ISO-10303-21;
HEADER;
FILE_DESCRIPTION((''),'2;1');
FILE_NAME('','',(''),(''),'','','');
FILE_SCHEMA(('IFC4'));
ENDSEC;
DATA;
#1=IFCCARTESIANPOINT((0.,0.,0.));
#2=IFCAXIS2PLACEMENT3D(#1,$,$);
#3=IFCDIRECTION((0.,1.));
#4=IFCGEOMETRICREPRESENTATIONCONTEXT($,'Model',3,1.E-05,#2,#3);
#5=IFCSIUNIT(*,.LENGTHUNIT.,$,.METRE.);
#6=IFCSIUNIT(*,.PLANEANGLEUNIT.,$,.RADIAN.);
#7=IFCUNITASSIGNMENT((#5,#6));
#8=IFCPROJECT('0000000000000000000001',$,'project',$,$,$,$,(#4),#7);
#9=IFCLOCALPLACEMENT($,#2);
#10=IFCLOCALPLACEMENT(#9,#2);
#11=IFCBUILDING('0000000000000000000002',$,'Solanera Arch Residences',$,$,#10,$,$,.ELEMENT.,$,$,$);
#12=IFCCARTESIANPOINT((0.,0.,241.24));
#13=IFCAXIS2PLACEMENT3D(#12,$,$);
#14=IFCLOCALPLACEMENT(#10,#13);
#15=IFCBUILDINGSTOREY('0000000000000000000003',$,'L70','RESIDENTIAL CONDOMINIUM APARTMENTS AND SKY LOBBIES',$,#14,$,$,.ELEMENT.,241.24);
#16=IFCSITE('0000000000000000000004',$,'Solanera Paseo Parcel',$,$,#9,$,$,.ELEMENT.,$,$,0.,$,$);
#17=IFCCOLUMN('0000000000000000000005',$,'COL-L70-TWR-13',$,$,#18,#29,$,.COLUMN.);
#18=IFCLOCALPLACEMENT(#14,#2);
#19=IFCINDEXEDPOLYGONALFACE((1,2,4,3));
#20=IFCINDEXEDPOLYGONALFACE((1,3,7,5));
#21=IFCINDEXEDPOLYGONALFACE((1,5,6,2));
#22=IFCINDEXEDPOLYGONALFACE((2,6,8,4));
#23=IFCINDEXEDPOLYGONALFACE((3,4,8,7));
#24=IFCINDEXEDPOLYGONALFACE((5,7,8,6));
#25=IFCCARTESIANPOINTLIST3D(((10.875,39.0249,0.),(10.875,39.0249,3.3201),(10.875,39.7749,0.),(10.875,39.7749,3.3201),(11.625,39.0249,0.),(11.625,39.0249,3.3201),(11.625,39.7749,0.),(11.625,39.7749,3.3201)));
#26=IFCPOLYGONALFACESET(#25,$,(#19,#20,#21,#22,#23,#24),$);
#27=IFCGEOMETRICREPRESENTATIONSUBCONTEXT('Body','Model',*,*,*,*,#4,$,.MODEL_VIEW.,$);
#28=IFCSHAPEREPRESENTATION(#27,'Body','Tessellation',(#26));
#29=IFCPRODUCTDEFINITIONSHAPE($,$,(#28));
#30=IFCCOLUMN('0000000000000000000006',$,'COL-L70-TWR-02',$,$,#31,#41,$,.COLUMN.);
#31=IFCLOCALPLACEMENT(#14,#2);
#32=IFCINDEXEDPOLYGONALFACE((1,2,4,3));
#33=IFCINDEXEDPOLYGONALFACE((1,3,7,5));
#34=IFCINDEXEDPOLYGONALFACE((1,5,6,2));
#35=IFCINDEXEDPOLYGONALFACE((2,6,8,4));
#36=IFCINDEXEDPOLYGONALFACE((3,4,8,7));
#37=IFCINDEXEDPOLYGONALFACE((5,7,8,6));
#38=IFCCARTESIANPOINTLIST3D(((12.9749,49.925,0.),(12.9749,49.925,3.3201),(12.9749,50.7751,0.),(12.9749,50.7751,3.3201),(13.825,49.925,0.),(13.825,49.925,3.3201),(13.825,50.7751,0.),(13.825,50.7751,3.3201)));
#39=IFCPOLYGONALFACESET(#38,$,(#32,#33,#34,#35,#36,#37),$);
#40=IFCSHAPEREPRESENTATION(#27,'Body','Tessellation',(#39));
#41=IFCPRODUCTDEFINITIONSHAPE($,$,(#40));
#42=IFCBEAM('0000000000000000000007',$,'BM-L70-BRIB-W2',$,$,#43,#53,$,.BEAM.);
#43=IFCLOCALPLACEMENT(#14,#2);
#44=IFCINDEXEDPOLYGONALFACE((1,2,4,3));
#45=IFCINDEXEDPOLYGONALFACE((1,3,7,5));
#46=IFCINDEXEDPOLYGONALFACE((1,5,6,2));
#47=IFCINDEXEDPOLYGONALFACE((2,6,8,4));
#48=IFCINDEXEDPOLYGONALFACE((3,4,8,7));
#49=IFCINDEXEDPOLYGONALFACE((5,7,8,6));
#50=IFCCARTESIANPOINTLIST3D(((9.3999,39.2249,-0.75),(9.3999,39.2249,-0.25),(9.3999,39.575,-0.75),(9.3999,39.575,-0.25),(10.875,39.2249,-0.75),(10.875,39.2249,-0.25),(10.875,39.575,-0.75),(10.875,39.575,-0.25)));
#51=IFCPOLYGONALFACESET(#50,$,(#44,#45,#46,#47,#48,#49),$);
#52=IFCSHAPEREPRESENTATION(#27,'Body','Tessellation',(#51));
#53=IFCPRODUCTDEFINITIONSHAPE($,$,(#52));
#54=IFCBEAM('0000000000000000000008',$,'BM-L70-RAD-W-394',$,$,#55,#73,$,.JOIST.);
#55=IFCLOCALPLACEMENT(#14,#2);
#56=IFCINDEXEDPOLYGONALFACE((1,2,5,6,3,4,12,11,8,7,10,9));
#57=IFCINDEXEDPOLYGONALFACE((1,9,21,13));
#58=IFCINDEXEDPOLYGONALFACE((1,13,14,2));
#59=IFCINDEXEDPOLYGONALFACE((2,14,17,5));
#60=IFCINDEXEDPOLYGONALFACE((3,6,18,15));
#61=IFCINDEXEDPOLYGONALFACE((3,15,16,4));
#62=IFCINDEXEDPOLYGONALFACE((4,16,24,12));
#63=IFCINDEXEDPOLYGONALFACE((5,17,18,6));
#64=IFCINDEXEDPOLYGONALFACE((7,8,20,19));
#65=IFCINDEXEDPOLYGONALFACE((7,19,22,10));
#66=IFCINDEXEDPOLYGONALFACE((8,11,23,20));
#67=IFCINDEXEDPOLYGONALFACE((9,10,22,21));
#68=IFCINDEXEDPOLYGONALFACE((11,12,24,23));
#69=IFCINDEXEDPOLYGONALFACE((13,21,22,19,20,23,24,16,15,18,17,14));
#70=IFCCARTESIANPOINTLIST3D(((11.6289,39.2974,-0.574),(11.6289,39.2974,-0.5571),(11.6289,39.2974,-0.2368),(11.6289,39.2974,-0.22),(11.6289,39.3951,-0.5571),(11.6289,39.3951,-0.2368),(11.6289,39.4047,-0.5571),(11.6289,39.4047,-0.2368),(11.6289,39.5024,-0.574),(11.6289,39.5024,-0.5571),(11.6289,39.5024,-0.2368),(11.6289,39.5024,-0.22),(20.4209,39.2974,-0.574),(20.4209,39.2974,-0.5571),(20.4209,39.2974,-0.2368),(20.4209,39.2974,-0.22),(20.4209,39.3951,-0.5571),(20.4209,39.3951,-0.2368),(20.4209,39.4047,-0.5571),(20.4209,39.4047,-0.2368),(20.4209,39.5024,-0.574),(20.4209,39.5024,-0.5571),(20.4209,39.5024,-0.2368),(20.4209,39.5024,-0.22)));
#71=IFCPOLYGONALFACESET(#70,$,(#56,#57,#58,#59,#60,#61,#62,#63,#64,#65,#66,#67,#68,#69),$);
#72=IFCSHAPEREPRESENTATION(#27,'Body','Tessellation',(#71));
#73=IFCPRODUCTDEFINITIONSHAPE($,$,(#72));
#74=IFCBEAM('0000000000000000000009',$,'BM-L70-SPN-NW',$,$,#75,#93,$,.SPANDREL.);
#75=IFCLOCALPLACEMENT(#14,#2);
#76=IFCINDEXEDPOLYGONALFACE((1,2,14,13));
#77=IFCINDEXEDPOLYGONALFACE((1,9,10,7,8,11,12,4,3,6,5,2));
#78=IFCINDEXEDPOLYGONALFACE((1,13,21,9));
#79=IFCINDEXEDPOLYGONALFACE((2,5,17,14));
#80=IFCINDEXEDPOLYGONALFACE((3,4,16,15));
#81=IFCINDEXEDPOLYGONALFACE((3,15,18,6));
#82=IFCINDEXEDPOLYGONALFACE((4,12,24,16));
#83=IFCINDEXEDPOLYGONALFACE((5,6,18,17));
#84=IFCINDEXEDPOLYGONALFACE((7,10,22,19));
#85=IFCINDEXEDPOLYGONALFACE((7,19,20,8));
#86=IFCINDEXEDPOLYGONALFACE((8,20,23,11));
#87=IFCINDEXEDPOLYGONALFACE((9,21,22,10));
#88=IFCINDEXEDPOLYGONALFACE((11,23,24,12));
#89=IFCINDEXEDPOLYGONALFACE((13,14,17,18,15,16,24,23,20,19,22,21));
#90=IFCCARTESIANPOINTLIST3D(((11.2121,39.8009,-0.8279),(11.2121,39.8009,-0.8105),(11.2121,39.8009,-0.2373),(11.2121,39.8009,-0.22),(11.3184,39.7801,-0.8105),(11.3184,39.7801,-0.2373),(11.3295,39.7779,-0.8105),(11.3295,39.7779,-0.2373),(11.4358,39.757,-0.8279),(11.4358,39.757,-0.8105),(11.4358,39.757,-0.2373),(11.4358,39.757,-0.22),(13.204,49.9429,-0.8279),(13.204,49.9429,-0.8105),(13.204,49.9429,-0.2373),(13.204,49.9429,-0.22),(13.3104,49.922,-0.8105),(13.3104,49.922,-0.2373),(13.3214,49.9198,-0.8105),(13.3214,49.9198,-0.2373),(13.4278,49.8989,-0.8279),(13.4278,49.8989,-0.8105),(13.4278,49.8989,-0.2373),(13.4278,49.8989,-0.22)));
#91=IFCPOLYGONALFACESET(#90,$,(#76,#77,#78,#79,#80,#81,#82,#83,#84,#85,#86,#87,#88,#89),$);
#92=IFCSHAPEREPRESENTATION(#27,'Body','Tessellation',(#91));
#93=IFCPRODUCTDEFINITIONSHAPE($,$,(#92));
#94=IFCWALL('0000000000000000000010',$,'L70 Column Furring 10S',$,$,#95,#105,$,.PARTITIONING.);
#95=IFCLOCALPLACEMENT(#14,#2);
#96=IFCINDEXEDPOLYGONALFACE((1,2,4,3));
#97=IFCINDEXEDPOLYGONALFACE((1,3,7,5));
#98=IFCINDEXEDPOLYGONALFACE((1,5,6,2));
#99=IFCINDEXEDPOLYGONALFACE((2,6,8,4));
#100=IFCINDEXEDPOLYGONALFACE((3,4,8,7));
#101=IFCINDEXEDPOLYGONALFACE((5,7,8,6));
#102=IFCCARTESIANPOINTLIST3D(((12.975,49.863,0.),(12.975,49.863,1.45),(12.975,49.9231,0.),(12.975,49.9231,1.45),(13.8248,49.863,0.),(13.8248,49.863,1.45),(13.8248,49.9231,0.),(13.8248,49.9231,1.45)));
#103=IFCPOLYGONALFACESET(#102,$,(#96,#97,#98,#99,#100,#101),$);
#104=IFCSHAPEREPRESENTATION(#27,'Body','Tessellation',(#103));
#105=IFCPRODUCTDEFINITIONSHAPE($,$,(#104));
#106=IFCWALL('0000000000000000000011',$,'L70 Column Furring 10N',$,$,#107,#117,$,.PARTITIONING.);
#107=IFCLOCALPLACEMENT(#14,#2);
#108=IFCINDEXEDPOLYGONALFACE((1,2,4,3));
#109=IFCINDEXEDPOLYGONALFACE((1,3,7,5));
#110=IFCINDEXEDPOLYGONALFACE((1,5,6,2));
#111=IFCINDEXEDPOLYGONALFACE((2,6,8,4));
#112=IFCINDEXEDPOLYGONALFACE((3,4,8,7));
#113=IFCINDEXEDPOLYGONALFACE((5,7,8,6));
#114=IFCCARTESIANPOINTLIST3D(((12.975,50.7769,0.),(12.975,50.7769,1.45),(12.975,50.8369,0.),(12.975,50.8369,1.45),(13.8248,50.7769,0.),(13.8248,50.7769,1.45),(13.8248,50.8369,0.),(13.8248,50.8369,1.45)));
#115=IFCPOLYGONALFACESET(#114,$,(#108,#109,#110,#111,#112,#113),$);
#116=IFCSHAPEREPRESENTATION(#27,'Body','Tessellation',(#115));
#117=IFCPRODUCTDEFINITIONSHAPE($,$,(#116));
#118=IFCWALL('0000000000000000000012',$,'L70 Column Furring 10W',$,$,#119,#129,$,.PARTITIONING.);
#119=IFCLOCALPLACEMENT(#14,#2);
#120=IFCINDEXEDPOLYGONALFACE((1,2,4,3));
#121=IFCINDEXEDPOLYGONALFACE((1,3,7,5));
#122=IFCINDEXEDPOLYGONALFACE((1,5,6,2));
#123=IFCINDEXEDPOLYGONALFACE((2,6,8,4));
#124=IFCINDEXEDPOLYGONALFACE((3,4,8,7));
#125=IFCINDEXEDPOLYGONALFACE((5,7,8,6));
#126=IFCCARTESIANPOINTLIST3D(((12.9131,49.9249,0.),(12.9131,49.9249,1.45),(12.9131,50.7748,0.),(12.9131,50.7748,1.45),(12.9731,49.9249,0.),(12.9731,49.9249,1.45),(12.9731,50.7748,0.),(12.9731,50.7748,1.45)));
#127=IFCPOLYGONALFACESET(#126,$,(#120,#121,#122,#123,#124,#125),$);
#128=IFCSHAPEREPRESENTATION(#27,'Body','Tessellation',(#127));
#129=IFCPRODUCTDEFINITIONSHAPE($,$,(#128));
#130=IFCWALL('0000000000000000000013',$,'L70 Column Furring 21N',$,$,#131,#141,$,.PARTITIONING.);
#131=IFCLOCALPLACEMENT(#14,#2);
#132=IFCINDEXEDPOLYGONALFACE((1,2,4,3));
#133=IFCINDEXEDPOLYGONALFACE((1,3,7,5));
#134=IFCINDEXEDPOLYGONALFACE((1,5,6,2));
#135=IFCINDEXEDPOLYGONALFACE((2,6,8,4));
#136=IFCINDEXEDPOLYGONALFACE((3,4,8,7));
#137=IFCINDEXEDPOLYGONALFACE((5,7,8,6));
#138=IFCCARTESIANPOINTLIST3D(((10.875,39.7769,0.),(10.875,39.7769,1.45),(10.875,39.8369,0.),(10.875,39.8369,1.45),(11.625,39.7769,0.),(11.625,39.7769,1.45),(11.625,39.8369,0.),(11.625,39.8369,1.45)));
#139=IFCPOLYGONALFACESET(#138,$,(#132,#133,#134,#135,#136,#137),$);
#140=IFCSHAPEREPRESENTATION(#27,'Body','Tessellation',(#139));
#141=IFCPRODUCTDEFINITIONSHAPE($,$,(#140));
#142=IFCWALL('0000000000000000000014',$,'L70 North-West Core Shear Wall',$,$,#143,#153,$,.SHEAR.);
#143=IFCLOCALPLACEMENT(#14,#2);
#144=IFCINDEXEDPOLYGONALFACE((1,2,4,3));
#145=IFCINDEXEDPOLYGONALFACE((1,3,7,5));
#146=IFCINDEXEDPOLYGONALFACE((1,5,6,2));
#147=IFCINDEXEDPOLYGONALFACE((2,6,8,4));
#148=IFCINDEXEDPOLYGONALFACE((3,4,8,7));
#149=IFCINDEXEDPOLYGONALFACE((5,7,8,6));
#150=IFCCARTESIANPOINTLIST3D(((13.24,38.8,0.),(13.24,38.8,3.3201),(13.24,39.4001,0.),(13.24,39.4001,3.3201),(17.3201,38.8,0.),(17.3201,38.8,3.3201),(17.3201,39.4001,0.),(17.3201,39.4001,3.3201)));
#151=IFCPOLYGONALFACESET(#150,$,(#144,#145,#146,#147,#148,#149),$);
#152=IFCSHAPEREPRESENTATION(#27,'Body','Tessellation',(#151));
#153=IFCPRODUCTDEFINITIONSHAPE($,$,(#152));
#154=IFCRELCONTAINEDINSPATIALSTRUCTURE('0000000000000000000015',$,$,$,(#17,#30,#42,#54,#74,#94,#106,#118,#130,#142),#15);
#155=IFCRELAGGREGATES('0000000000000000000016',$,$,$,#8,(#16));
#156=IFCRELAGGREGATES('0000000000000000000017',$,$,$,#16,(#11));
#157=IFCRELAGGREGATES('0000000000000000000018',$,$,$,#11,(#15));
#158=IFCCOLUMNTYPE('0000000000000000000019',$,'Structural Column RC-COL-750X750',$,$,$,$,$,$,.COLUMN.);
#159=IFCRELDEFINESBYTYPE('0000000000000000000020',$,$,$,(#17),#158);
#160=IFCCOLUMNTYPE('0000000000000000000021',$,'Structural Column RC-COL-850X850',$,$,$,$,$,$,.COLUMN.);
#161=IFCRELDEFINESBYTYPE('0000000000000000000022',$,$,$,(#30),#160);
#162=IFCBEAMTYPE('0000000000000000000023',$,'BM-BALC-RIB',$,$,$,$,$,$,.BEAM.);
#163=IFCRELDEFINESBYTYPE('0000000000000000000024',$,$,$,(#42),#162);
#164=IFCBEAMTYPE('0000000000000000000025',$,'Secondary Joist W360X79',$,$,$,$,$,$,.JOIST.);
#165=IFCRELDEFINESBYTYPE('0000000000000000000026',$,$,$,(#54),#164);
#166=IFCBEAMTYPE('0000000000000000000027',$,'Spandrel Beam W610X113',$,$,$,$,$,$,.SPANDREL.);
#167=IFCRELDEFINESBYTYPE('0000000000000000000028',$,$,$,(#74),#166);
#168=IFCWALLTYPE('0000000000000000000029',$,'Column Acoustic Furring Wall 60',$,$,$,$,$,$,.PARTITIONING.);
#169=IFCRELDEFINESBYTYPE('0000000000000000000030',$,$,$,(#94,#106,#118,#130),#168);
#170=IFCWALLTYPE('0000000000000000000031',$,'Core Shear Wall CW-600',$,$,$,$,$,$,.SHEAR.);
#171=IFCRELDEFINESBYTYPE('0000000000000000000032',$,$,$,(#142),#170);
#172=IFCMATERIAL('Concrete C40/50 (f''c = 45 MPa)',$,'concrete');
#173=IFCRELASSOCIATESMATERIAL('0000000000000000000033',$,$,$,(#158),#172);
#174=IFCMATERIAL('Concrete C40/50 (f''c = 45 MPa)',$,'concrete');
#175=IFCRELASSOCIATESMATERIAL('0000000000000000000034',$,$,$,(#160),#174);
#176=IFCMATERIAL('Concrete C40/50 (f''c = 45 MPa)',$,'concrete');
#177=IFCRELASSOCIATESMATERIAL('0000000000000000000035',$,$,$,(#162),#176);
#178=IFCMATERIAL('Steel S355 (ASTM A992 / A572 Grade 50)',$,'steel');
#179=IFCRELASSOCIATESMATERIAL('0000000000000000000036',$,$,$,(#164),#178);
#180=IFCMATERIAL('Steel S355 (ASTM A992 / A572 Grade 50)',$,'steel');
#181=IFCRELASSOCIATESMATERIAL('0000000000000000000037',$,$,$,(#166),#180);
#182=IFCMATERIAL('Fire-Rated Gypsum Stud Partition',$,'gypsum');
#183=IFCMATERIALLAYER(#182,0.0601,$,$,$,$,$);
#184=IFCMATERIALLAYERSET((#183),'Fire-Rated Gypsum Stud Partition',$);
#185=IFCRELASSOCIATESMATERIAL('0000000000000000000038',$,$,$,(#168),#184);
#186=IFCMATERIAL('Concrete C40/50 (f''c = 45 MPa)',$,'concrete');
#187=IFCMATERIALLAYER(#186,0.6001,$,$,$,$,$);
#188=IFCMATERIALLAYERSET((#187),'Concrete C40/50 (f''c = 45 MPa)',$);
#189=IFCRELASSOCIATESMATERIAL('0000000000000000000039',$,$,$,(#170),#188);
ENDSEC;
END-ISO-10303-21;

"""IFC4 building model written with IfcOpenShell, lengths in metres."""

from ifc_helpers import new_model, si_unit, direction, frame, frame_2d, origin, origin_2d, place, context, subcontext, project, spatial, rectangle, i_section, extrude, material, layer, layer_set, material_profile, profile_set, type_object, element, save


model = new_model("IFC4")

# Units and contexts
model_context = context("Model", 3, precision=1e-05, world=origin(), true_north=direction((0.0, 1.0)))
body_context = subcontext(model_context, "Body", "Model", "MODEL_VIEW")
ifc_project = project(units=[si_unit("LENGTHUNIT", "METRE"), si_unit("PLANEANGLEUNIT", "RADIAN")], contexts=[model_context])

# Site, building, storey
site_placement = place(None, origin())
site = spatial("IfcSite", under=ifc_project, at=site_placement, Name="Solanera Paseo Parcel", CompositionType="ELEMENT", RefElevation=0.0)
building_placement = place(site_placement, origin())
building = spatial("IfcBuilding", under=site, at=building_placement, Name="Solanera Arch Residences", CompositionType="ELEMENT")
storey_placement = place(building_placement, frame((0.0, 0.0, 241.24)))
storey = spatial("IfcBuildingStorey", under=building, at=storey_placement, Name="L70", Description="RESIDENTIAL CONDOMINIUM APARTMENTS AND SKY LOBBIES", CompositionType="ELEMENT", Elevation=241.24)

# Columns
ifc_material_1 = material(Name="Concrete C40/50 (f'c = 45 MPa)", Category="concrete")
ifc_material_profile_1 = material_profile(ifc_material_1, rectangle(XDim=0.75, YDim=0.75, at=origin_2d()))
ifc_profile_set_1 = profile_set([ifc_material_profile_1], Name="Concrete C40/50 (f'c = 45 MPa)")
column_type_1 = type_object("IfcColumnType", Name="Structural Column RC-COL-750X750", PredefinedType="COLUMN", material=ifc_profile_set_1)
column_1_placement = place(storey_placement, frame((11.25, 39.3999, 0.0), z_axis=(0.0, 0.0, 1.0), x_axis=(1.0, 0.0, 0.0)))
element("IfcColumn", 1, at=column_1_placement, inside=storey, type_object=column_type_1, Name="COL-L70-TWR-13", PredefinedType="COLUMN", context=body_context, shape_type="SweptSolid", body=[
    extrude(rectangle(XDim=0.75, YDim=0.75, at=origin_2d()), origin(), (0.0, 0.0, 1.0), 3.3201),
])
ifc_material_2 = material(Name="Concrete C40/50 (f'c = 45 MPa)", Category="concrete")
ifc_material_profile_2 = material_profile(ifc_material_2, rectangle(XDim=0.8501, YDim=0.8501, at=origin_2d()))
ifc_profile_set_2 = profile_set([ifc_material_profile_2], Name="Concrete C40/50 (f'c = 45 MPa)")
column_type_2 = type_object("IfcColumnType", Name="Structural Column RC-COL-850X850", PredefinedType="COLUMN", material=ifc_profile_set_2)
column_2_placement = place(storey_placement, frame((13.3999, 50.3501, 0.0), z_axis=(0.0, 0.0, 1.0), x_axis=(1.0, 0.0, 0.0)))
element("IfcColumn", 2, at=column_2_placement, inside=storey, type_object=column_type_2, Name="COL-L70-TWR-02", PredefinedType="COLUMN", context=body_context, shape_type="SweptSolid", body=[
    extrude(rectangle(XDim=0.8501, YDim=0.8501, at=origin_2d()), origin(), (0.0, 0.0, 1.0), 3.3201),
])

# Beams
ifc_material_3 = material(Name="Concrete C40/50 (f'c = 45 MPa)", Category="concrete")
ifc_material_profile_3 = material_profile(ifc_material_3, rectangle(XDim=0.3501, YDim=0.5, at=origin_2d()))
ifc_profile_set_3 = profile_set([ifc_material_profile_3], Name="Concrete C40/50 (f'c = 45 MPa)")
beam_type_1 = type_object("IfcBeamType", Name="BM-BALC-RIB", PredefinedType="BEAM", material=ifc_profile_set_3)
beam_1_placement = place(storey_placement, frame((9.3999, 39.3999, -0.5), z_axis=(1.0, 0.0, 0.0), x_axis=(0.0, 1.0, 0.0)))
element("IfcBeam", 3, at=beam_1_placement, inside=storey, type_object=beam_type_1, Name="BM-L70-BRIB-W2", PredefinedType="BEAM", context=body_context, shape_type="SweptSolid", body=[
    extrude(rectangle(XDim=0.3501, YDim=0.5, at=origin_2d()), origin(), (0.0, 0.0, 1.0), 1.4751),
])
ifc_material_4 = material(Name="Steel S355 (ASTM A992 / A572 Grade 50)", Category="steel")
ifc_material_profile_4 = material_profile(ifc_material_4, i_section(OverallWidth=0.2051, OverallDepth=0.354, WebThickness=0.0095, FlangeThickness=0.0168, at=origin_2d()))
ifc_profile_set_4 = profile_set([ifc_material_profile_4], Name="Steel S355 (ASTM A992 / A572 Grade 50)")
beam_type_2 = type_object("IfcBeamType", Name="Secondary Joist W360X79", PredefinedType="JOIST", material=ifc_profile_set_4)
beam_2_placement = place(storey_placement, frame((11.6289, 39.3999, -0.397), z_axis=(1.0, 0.0, 0.0), x_axis=(0.0, 1.0, 0.0)))
element("IfcBeam", 4, at=beam_2_placement, inside=storey, type_object=beam_type_2, Name="BM-L70-RAD-W-394", PredefinedType="JOIST", context=body_context, shape_type="SweptSolid", body=[
    extrude(i_section(OverallWidth=0.2051, OverallDepth=0.354, WebThickness=0.0095, FlangeThickness=0.0168, at=origin_2d()), origin(), (0.0, 0.0, 1.0), 8.792),
])
ifc_material_5 = material(Name="Steel S355 (ASTM A992 / A572 Grade 50)", Category="steel")
ifc_material_profile_5 = material_profile(ifc_material_5, i_section(OverallWidth=0.228, OverallDepth=0.6079, WebThickness=0.0112, FlangeThickness=0.0173, at=origin_2d()))
ifc_profile_set_5 = profile_set([ifc_material_profile_5], Name="Steel S355 (ASTM A992 / A572 Grade 50)")
beam_type_3 = type_object("IfcBeamType", Name="Spandrel Beam W610X113", PredefinedType="SPANDREL", material=ifc_profile_set_5)
beam_3_placement = place(storey_placement, frame((13.3159, 49.9209, -0.5239), z_axis=(-0.192726, -0.981253, 0.0), x_axis=(0.981253, -0.192726, 0.0)))
element("IfcBeam", 5, at=beam_3_placement, inside=storey, type_object=beam_type_3, Name="BM-L70-SPN-NW", PredefinedType="SPANDREL", context=body_context, shape_type="SweptSolid", body=[
    extrude(i_section(OverallWidth=0.228, OverallDepth=0.6079, WebThickness=0.0112, FlangeThickness=0.0173, at=origin_2d()), origin(), (0.0, 0.0, 1.0), 10.3357),
])

# Walls
ifc_material_6 = material(Name="Fire-Rated Gypsum Stud Partition", Category="gypsum")
ifc_layer_1 = layer(ifc_material_6, 0.0601)
ifc_layer_set_1 = layer_set([ifc_layer_1], Name="Fire-Rated Gypsum Stud Partition")
wall_type_1 = type_object("IfcWallType", Name="Column Acoustic Furring Wall 60", PredefinedType="PARTITIONING", material=ifc_layer_set_1)
for number, where, z_axis, x_axis, name in (
    (6, (12.9751, 49.8931, 0.0), (0.0, 0.0, 1.0), (1.0, 0.0, 0.0), "L70 Column Furring 10S"),
    (7, (12.9751, 50.8069, 0.0), (0.0, 0.0, 1.0), (1.0, 0.0, 0.0), "L70 Column Furring 10N"),
    (8, (12.9431, 49.925, 0.0), (0.0, 0.0, 1.0), (0.0, 1.0, 0.0), "L70 Column Furring 10W"),
):
    element("IfcWall", number, at=place(storey_placement, frame(where, z_axis=z_axis, x_axis=x_axis)), inside=storey, type_object=wall_type_1, Name=name, PredefinedType="PARTITIONING", context=body_context, shape_type="SweptSolid", body=[
        extrude(rectangle(XDim=0.8499, YDim=0.0601, at=frame_2d((0.4248, 0.0))), origin(), (0.0, 0.0, 1.0), 1.45),
    ])
wall_1_placement = place(storey_placement, frame((10.875, 39.8069, 0.0), z_axis=(0.0, 0.0, 1.0), x_axis=(1.0, 0.0, 0.0)))
element("IfcWall", 9, at=wall_1_placement, inside=storey, type_object=wall_type_1, Name="L70 Column Furring 21N", PredefinedType="PARTITIONING", context=body_context, shape_type="SweptSolid", body=[
    extrude(rectangle(XDim=0.75, YDim=0.0601, at=frame_2d((0.375, 0.0))), origin(), (0.0, 0.0, 1.0), 1.45),
])
ifc_material_7 = material(Name="Concrete C40/50 (f'c = 45 MPa)", Category="concrete")
ifc_layer_2 = layer(ifc_material_7, 0.6001)
ifc_layer_set_2 = layer_set([ifc_layer_2], Name="Concrete C40/50 (f'c = 45 MPa)")
wall_type_2 = type_object("IfcWallType", Name="Core Shear Wall CW-600", PredefinedType="SHEAR", material=ifc_layer_set_2)
wall_2_placement = place(storey_placement, frame((13.24, 39.1001, 0.0), z_axis=(0.0, 0.0, 1.0), x_axis=(1.0, 0.0, 0.0)))
element("IfcWall", 10, at=wall_2_placement, inside=storey, type_object=wall_type_2, Name="L70 North-West Core Shear Wall", PredefinedType="SHEAR", context=body_context, shape_type="SweptSolid", body=[
    extrude(rectangle(XDim=4.0801, YDim=0.6001, at=frame_2d((2.04, 0.0))), origin(), (0.0, 0.0, 1.0), 3.3201),
])

save(model, "model.ifc")
